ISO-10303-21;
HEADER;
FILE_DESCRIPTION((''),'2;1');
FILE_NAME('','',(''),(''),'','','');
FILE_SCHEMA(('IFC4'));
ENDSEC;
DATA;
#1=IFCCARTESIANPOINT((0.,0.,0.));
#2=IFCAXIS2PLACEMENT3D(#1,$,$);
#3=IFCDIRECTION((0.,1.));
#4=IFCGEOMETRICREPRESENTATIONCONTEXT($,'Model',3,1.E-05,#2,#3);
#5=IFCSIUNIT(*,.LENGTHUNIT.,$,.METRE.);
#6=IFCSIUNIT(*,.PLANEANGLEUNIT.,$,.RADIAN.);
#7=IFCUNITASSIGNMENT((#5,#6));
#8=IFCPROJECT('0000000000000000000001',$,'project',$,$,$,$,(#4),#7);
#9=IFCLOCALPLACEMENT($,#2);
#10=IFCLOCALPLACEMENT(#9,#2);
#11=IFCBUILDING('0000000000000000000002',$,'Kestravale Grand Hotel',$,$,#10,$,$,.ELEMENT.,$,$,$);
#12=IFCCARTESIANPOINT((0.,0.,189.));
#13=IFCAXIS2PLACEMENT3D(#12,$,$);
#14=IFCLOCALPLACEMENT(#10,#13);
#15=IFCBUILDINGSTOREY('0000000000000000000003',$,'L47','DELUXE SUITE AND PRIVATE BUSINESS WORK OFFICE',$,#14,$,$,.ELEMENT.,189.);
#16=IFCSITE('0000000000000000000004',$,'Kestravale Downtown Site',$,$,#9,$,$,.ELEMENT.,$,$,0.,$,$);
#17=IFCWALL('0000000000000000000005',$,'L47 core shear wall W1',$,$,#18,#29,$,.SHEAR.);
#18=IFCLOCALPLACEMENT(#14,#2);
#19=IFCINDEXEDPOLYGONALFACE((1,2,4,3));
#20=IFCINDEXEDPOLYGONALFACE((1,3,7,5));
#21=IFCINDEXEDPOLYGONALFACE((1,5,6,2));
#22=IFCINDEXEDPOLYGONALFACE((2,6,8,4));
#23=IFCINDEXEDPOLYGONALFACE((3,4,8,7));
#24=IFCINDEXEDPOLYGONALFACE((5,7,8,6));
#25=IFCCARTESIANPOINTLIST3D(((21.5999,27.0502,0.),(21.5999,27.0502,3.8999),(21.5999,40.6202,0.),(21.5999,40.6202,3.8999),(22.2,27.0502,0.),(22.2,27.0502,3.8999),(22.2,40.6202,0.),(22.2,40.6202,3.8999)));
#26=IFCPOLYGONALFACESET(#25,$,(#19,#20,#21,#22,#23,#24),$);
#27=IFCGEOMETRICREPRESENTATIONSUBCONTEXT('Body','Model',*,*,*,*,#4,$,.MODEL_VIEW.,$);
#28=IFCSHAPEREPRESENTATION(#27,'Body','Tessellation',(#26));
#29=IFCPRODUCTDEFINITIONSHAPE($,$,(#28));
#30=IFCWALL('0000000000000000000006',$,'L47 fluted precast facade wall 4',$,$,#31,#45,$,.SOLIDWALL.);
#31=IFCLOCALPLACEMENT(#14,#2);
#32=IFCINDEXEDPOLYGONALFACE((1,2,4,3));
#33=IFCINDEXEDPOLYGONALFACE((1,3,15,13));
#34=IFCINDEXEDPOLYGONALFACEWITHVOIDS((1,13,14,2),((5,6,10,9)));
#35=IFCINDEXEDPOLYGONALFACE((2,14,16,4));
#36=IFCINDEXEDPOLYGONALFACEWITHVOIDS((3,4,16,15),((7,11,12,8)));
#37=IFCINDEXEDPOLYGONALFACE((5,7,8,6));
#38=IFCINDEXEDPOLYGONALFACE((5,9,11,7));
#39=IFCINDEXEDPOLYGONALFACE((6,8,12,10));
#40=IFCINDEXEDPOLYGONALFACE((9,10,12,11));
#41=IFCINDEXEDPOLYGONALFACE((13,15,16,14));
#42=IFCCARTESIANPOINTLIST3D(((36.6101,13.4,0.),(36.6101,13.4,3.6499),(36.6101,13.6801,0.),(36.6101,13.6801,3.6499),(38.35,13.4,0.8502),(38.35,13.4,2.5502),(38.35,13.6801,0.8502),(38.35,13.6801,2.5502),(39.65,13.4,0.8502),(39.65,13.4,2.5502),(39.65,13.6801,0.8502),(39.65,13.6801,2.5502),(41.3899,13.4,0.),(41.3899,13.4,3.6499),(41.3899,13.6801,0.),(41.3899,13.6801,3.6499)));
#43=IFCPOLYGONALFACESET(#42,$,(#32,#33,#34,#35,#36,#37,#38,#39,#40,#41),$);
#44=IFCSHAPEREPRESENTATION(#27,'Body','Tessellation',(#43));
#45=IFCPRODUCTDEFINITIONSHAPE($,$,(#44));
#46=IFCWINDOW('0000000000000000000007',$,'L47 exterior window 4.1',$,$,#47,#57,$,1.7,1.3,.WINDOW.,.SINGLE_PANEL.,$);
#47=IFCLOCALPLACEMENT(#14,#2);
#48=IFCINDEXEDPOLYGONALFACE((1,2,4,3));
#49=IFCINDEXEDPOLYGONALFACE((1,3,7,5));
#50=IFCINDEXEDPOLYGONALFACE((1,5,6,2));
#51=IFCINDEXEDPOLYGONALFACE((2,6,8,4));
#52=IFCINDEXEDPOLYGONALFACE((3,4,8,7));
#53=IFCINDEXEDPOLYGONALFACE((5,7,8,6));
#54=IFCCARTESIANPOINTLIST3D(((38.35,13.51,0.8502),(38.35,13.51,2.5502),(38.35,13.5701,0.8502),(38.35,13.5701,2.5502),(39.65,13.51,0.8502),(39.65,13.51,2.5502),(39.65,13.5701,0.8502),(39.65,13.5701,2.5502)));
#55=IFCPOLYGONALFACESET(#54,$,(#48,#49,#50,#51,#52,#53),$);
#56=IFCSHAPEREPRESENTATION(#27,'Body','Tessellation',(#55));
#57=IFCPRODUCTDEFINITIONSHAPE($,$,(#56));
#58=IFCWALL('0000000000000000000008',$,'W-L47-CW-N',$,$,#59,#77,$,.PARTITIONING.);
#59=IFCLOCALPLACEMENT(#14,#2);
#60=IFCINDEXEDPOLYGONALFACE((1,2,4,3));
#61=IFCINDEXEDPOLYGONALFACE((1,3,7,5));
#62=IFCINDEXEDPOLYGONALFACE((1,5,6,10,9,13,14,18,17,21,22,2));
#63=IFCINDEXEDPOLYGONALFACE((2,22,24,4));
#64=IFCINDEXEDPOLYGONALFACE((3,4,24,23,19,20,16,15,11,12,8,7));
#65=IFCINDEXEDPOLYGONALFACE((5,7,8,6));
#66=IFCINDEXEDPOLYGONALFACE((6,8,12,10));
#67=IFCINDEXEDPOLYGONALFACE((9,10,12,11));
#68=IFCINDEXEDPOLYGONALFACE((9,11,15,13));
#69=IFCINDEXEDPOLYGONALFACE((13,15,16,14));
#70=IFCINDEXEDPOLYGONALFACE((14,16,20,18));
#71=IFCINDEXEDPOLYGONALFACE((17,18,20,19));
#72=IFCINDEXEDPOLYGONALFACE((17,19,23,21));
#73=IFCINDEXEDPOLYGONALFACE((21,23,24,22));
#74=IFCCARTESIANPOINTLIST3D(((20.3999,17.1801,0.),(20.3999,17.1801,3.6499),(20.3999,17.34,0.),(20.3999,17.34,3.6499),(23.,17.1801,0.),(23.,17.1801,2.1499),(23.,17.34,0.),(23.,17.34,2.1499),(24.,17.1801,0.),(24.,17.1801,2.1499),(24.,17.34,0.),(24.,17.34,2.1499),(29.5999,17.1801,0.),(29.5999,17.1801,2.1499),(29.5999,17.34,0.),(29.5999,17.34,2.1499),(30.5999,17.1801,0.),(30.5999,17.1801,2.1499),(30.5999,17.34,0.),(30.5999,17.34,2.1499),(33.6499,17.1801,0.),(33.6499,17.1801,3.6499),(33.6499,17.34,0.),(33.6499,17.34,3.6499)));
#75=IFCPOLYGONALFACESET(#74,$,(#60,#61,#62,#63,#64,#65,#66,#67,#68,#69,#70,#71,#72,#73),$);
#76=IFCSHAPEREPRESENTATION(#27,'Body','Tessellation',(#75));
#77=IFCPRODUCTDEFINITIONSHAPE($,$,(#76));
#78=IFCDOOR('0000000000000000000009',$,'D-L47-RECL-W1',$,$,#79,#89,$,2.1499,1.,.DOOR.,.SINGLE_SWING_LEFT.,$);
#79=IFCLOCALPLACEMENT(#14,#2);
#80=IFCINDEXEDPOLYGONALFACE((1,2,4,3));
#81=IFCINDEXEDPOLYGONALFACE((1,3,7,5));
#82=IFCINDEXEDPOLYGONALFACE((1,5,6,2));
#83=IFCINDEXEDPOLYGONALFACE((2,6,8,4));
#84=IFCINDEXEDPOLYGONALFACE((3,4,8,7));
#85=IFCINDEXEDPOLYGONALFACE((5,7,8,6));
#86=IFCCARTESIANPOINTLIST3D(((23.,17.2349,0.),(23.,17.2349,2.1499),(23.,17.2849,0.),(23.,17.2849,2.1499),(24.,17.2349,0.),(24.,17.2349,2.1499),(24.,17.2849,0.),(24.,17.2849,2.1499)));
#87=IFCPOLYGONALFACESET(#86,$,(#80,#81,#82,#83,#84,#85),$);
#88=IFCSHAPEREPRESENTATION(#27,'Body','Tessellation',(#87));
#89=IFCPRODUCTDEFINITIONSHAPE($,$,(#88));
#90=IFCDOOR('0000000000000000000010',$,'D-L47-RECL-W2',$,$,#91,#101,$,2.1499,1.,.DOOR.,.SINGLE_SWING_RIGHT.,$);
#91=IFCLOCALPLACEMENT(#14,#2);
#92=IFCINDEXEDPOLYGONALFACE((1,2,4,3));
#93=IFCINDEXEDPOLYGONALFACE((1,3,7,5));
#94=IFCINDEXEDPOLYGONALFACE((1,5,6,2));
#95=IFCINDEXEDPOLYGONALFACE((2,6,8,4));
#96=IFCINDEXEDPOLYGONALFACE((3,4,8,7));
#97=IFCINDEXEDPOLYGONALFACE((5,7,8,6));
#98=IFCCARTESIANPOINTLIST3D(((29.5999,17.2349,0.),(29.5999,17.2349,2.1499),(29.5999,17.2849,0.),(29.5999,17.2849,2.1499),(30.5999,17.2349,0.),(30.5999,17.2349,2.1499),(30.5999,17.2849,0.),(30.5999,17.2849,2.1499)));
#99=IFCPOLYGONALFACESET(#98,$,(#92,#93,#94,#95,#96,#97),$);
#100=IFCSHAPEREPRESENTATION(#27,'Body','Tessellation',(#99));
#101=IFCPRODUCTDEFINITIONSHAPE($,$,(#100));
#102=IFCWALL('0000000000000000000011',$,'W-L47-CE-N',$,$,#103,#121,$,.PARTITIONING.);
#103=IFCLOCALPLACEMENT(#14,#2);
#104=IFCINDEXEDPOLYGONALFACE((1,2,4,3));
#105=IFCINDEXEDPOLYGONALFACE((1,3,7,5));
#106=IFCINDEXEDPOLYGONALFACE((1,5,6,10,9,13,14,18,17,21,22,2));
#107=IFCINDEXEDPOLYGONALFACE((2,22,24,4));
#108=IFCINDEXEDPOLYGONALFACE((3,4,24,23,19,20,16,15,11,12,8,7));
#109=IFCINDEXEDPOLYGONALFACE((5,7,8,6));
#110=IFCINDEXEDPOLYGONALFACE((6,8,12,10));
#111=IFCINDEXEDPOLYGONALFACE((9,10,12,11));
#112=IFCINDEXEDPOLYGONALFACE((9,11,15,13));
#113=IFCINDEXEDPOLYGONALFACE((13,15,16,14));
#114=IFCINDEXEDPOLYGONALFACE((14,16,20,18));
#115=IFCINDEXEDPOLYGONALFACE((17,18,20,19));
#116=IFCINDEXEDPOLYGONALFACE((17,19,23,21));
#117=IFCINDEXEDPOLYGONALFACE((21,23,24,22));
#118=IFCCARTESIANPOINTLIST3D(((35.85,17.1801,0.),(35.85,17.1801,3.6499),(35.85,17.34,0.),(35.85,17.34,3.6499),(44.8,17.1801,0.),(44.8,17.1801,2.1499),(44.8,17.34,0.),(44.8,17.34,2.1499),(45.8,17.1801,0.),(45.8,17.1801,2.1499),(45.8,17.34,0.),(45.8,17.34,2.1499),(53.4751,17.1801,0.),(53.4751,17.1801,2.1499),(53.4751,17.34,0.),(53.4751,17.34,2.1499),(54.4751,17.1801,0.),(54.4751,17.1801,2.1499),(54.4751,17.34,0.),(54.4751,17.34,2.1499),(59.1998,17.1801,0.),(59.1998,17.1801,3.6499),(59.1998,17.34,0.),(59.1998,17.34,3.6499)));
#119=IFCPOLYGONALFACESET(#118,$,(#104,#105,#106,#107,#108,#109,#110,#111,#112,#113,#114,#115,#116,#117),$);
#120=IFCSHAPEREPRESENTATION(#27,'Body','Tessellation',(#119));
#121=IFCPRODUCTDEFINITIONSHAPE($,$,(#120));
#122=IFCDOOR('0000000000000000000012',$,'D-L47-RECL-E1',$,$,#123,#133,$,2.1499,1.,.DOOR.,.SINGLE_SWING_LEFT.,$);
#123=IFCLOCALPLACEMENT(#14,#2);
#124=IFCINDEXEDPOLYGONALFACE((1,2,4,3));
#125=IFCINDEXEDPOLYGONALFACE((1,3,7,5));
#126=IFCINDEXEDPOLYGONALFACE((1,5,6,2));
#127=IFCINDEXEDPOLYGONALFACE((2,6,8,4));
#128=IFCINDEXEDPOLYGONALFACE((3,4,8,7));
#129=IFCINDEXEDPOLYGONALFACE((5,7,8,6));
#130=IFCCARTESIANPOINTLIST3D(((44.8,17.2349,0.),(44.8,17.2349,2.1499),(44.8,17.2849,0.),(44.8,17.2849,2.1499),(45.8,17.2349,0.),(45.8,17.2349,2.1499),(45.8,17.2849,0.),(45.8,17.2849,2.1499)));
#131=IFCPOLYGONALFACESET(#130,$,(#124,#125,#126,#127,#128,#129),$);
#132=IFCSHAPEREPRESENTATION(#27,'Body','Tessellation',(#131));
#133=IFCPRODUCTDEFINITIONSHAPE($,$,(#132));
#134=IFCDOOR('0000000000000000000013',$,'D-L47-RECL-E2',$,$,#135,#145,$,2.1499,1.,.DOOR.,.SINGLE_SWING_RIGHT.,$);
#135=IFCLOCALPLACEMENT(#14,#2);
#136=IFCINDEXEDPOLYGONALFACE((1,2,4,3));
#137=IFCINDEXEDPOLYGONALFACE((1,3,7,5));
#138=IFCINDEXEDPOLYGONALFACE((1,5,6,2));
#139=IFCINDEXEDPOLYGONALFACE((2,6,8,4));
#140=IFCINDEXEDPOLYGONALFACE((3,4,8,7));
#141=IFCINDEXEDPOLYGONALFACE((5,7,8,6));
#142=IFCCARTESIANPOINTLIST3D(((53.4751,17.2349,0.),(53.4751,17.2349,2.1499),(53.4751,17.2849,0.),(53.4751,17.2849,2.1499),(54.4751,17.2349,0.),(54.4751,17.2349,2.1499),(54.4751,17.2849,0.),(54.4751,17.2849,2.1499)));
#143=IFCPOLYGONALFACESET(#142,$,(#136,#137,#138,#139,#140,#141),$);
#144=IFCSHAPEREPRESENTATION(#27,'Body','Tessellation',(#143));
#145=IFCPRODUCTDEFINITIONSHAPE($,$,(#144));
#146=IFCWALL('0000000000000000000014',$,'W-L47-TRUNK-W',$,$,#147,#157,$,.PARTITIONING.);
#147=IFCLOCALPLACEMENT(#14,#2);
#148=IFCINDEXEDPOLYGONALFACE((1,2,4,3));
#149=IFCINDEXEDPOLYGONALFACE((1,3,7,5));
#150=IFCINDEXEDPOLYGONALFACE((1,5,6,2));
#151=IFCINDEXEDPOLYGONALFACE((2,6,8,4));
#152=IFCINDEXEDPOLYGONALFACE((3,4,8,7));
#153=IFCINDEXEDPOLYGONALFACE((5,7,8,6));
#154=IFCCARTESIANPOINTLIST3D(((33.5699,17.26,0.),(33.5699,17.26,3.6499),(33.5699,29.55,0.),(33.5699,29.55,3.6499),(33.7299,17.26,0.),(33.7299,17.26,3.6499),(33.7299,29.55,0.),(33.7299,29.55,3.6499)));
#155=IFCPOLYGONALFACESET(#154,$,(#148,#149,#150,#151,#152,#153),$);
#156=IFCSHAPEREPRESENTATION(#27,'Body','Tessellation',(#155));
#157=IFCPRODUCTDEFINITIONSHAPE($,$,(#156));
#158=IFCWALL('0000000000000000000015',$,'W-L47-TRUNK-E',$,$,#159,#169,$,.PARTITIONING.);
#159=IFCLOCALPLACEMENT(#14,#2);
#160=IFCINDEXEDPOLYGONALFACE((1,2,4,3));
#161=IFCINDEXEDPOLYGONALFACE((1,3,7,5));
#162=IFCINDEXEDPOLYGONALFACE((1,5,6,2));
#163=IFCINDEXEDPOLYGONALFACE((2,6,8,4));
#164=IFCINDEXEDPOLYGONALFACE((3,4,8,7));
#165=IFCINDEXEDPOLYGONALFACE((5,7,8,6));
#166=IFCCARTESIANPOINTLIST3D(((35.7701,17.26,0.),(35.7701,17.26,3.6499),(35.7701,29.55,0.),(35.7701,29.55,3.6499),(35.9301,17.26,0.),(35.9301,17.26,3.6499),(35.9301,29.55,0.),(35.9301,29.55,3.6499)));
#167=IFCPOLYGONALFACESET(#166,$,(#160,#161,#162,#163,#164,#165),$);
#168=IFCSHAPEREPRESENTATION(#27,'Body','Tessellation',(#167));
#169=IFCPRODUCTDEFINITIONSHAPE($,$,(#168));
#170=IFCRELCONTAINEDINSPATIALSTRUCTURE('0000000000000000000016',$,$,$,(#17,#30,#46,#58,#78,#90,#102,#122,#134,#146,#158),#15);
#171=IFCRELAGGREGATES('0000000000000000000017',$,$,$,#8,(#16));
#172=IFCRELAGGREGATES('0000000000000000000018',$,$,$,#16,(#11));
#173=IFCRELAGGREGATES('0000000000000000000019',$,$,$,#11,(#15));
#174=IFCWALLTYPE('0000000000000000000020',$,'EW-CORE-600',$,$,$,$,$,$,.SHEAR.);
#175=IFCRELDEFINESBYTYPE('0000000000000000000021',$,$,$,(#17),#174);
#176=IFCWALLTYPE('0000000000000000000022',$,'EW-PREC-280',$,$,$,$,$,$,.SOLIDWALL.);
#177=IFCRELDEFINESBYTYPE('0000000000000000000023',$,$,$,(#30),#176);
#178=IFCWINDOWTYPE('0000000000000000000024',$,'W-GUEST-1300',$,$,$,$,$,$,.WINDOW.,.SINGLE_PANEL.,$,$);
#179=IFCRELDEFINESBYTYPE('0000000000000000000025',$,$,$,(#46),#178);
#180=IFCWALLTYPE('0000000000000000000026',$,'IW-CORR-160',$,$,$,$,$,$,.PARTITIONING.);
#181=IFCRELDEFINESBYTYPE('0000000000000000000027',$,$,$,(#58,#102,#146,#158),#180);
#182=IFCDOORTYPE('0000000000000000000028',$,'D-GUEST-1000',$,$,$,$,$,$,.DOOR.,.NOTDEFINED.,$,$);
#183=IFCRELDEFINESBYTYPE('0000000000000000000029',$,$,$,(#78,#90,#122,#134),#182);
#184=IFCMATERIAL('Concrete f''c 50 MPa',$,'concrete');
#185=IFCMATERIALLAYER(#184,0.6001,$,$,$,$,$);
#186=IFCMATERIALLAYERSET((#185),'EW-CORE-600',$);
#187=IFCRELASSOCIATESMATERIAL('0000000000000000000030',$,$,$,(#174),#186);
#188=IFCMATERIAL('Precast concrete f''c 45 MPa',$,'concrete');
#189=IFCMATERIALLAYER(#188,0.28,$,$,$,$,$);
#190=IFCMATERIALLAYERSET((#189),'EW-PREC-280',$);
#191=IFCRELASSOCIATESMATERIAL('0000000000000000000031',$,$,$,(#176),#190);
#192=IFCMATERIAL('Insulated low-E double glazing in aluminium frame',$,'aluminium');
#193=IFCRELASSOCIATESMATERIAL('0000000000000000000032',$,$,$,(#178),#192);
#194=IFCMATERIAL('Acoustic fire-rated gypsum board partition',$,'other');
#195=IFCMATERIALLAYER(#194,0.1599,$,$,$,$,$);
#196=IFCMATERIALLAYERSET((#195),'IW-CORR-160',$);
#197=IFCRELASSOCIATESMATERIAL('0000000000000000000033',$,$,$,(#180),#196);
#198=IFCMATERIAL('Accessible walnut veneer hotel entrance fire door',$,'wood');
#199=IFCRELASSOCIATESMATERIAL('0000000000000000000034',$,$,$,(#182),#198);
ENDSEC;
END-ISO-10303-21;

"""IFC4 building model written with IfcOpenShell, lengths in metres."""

from ifc_helpers import new_model, si_unit, direction, frame, frame_2d, origin, place, context, subcontext, project, spatial, rectangle, extrude, material, layer, layer_set, type_object, element, fill, save


model = new_model("IFC4")

# Units and contexts
model_context = context("Model", 3, precision=1e-05, world=origin(), true_north=direction((0.0, 1.0)))
body_context = subcontext(model_context, "Body", "Model", "MODEL_VIEW")
ifc_project = project(units=[si_unit("LENGTHUNIT", "METRE"), si_unit("PLANEANGLEUNIT", "RADIAN")], contexts=[model_context])

# Site, building, storey
site_placement = place(None, origin())
site = spatial("IfcSite", under=ifc_project, at=site_placement, Name="Kestravale Downtown Site", CompositionType="ELEMENT", RefElevation=0.0)
building_placement = place(site_placement, origin())
building = spatial("IfcBuilding", under=site, at=building_placement, Name="Kestravale Grand Hotel", CompositionType="ELEMENT")
storey_placement = place(building_placement, frame((0.0, 0.0, 189.0)))
storey = spatial("IfcBuildingStorey", under=building, at=storey_placement, Name="L47", Description="DELUXE SUITE AND PRIVATE BUSINESS WORK OFFICE", CompositionType="ELEMENT", Elevation=189.0)

# Wall
ifc_material_1 = material(Name="Concrete f'c 50 MPa", Category="concrete")
ifc_layer_1 = layer(ifc_material_1, 0.6001)
ifc_layer_set_1 = layer_set([ifc_layer_1], Name="EW-CORE-600")
wall_type_1 = type_object("IfcWallType", Name="EW-CORE-600", PredefinedType="SHEAR", material=ifc_layer_set_1)
wall_1_placement = place(storey_placement, frame((21.8999, 27.05, 0.0), z_axis=(0.0, 0.0, 1.0), x_axis=(0.0, 1.0, 0.0)))
element("IfcWall", 1, at=wall_1_placement, inside=storey, type_object=wall_type_1, Name="L47 core shear wall W1", PredefinedType="SHEAR", context=body_context, shape_type="SweptSolid", body=[
    extrude(rectangle(XDim=13.5701, YDim=0.6001, at=frame_2d((6.7852, 0.0))), origin(), (0.0, 0.0, 1.0), 3.8999),
])

# Wall, opening, window
ifc_material_2 = material(Name="Precast concrete f'c 45 MPa", Category="concrete")
ifc_layer_2 = layer(ifc_material_2, 0.28)
ifc_layer_set_2 = layer_set([ifc_layer_2], Name="EW-PREC-280")
wall_type_2 = type_object("IfcWallType", Name="EW-PREC-280", PredefinedType="SOLIDWALL", material=ifc_layer_set_2)
wall_2_placement = place(storey_placement, frame((36.6101, 13.54, 0.0), z_axis=(0.0, 0.0, 1.0), x_axis=(1.0, 0.0, 0.0)))
wall_2 = element("IfcWall", 2, at=wall_2_placement, inside=storey, type_object=wall_type_2, Name="L47 fluted precast facade wall 4", PredefinedType="SOLIDWALL", context=body_context, shape_type="SweptSolid", body=[
    extrude(rectangle(XDim=4.7798, YDim=0.28, at=frame_2d((2.3899, 0.0))), origin(), (0.0, 0.0, 1.0), 3.6499),
])
opening_1_placement = place(wall_2_placement, frame((1.74, 0.0, 0.8501)))
opening_1 = element("IfcOpeningElement", 3, at=opening_1_placement, cuts=wall_2, PredefinedType="OPENING", context=body_context, shape_type="SweptSolid", body=[
    extrude(rectangle(XDim=1.3, YDim=1.7, at=frame_2d((0.6499, 0.8501))), frame((0.0, 0.1499, 0.0), z_axis=(0.0, -1.0, 0.0), x_axis=(1.0, 0.0, 0.0)), (0.0, 0.0, 1.0), 0.3),
])
ifc_material_3 = material(Name="Insulated low-E double glazing in aluminium frame", Category="aluminium")
window_type = type_object("IfcWindowType", Name="W-GUEST-1300", PartitioningType="SINGLE_PANEL", PredefinedType="WINDOW", material=ifc_material_3)
window_placement = place(opening_1_placement, origin())
window = element("IfcWindow", 4, at=window_placement, inside=storey, type_object=window_type, Name="L47 exterior window 4.1", OverallHeight=1.7, OverallWidth=1.3, PartitioningType="SINGLE_PANEL", PredefinedType="WINDOW", context=body_context, shape_type="SweptSolid", body=[
    extrude(rectangle(XDim=1.3, YDim=1.7, at=frame_2d((0.6499, 0.8501))), frame((0.0, 0.03, 0.0), z_axis=(0.0, -1.0, 0.0), x_axis=(1.0, 0.0, 0.0)), (0.0, 0.0, 1.0), 0.0601),
])
fill(opening_1, window)

# Walls, openings, doors
ifc_material_4 = material(Name="Acoustic fire-rated gypsum board partition", Category="other")
ifc_layer_3 = layer(ifc_material_4, 0.1599)
ifc_layer_set_3 = layer_set([ifc_layer_3], Name="IW-CORR-160")
wall_type_3 = type_object("IfcWallType", Name="IW-CORR-160", PredefinedType="PARTITIONING", material=ifc_layer_set_3)
wall_3_placement = place(storey_placement, frame((20.3999, 17.26, 0.0), z_axis=(0.0, 0.0, 1.0), x_axis=(1.0, 0.0, 0.0)))
wall_3 = element("IfcWall", 5, at=wall_3_placement, inside=storey, type_object=wall_type_3, Name="W-L47-CW-N", PredefinedType="PARTITIONING", context=body_context, shape_type="SweptSolid", body=[
    extrude(rectangle(XDim=13.25, YDim=0.1599, at=frame_2d((6.625, 0.0))), origin(), (0.0, 0.0, 1.0), 3.6499),
])
opening_2_placement = place(wall_3_placement, frame((2.6001, 0.0, 0.0)))
opening_2 = element("IfcOpeningElement", 6, at=opening_2_placement, cuts=wall_3, PredefinedType="OPENING", context=body_context, shape_type="SweptSolid", body=[
    extrude(rectangle(XDim=1.0, YDim=2.1499, at=frame_2d((0.5, 1.075))), frame((0.0, 0.0898, 0.0), z_axis=(0.0, -1.0, 0.0), x_axis=(1.0, 0.0, 0.0)), (0.0, 0.0, 1.0), 0.1799),
])
opening_3_placement = place(wall_3_placement, frame((9.2, 0.0, 0.0)))
opening_3 = element("IfcOpeningElement", 7, at=opening_3_placement, cuts=wall_3, PredefinedType="OPENING", context=body_context, shape_type="SweptSolid", body=[
    extrude(rectangle(XDim=1.0, YDim=2.1499, at=frame_2d((0.5, 1.075))), frame((0.0, 0.0898, 0.0), z_axis=(0.0, -1.0, 0.0), x_axis=(1.0, 0.0, 0.0)), (0.0, 0.0, 1.0), 0.1799),
])
ifc_material_5 = material(Name="Accessible walnut veneer hotel entrance fire door", Category="wood")
door_type_1 = type_object("IfcDoorType", Name="D-GUEST-1000", OperationType="NOTDEFINED", PredefinedType="DOOR", material=ifc_material_5)
door_1_placement = place(opening_2_placement, origin())
door_1 = element("IfcDoor", 8, at=door_1_placement, inside=storey, type_object=door_type_1, Name="D-L47-RECL-W1", OperationType="SINGLE_SWING_LEFT", OverallHeight=2.1499, OverallWidth=1.0, PredefinedType="DOOR", context=body_context, shape_type="SweptSolid", body=[
    extrude(rectangle(XDim=1.0, YDim=2.1499, at=frame_2d((0.5, 1.075))), frame((0.0, 0.0249, 0.0), z_axis=(0.0, -1.0, 0.0), x_axis=(1.0, 0.0, 0.0)), (0.0, 0.0, 1.0), 0.05),
])
fill(opening_2, door_1)
door_2_placement = place(opening_3_placement, origin())
door_2 = element("IfcDoor", 9, at=door_2_placement, inside=storey, type_object=door_type_1, Name="D-L47-RECL-W2", OperationType="SINGLE_SWING_RIGHT", OverallHeight=2.1499, OverallWidth=1.0, PredefinedType="DOOR", context=body_context, shape_type="SweptSolid", body=[
    extrude(rectangle(XDim=1.0, YDim=2.1499, at=frame_2d((0.5, 1.075))), frame((0.0, 0.0249, 0.0), z_axis=(0.0, -1.0, 0.0), x_axis=(1.0, 0.0, 0.0)), (0.0, 0.0, 1.0), 0.05),
])
fill(opening_3, door_2)
wall_4_placement = place(storey_placement, frame((35.8501, 17.26, 0.0), z_axis=(0.0, 0.0, 1.0), x_axis=(1.0, 0.0, 0.0)))
wall_4 = element("IfcWall", 10, at=wall_4_placement, inside=storey, type_object=wall_type_3, Name="W-L47-CE-N", PredefinedType="PARTITIONING", context=body_context, shape_type="SweptSolid", body=[
    extrude(rectangle(XDim=23.3499, YDim=0.1599, at=frame_2d((11.6748, 0.0))), origin(), (0.0, 0.0, 1.0), 3.6499),
])
opening_4_placement = place(wall_4_placement, frame((8.95, 0.0, 0.0)))
opening_4 = element("IfcOpeningElement", 11, at=opening_4_placement, cuts=wall_4, PredefinedType="OPENING", context=body_context, shape_type="SweptSolid", body=[
    extrude(rectangle(XDim=1.0, YDim=2.1499, at=frame_2d((0.5, 1.075))), frame((0.0, 0.0898, 0.0), z_axis=(0.0, -1.0, 0.0), x_axis=(1.0, 0.0, 0.0)), (0.0, 0.0, 1.0), 0.1799),
])
opening_5_placement = place(wall_4_placement, frame((17.625, 0.0, 0.0)))
opening_5 = element("IfcOpeningElement", 12, at=opening_5_placement, cuts=wall_4, PredefinedType="OPENING", context=body_context, shape_type="SweptSolid", body=[
    extrude(rectangle(XDim=1.0, YDim=2.1499, at=frame_2d((0.5, 1.075))), frame((0.0, 0.0898, 0.0), z_axis=(0.0, -1.0, 0.0), x_axis=(1.0, 0.0, 0.0)), (0.0, 0.0, 1.0), 0.1799),
])
door_3_placement = place(opening_4_placement, origin())
door_3 = element("IfcDoor", 13, at=door_3_placement, inside=storey, type_object=door_type_1, Name="D-L47-RECL-E1", OperationType="SINGLE_SWING_LEFT", OverallHeight=2.1499, OverallWidth=1.0, PredefinedType="DOOR", context=body_context, shape_type="SweptSolid", body=[
    extrude(rectangle(XDim=1.0, YDim=2.1499, at=frame_2d((0.5, 1.075))), frame((0.0, 0.0249, 0.0), z_axis=(0.0, -1.0, 0.0), x_axis=(1.0, 0.0, 0.0)), (0.0, 0.0, 1.0), 0.05),
])
fill(opening_4, door_3)
door_4_placement = place(opening_5_placement, origin())
door_4 = element("IfcDoor", 14, at=door_4_placement, inside=storey, type_object=door_type_1, Name="D-L47-RECL-E2", OperationType="SINGLE_SWING_RIGHT", OverallHeight=2.1499, OverallWidth=1.0, PredefinedType="DOOR", context=body_context, shape_type="SweptSolid", body=[
    extrude(rectangle(XDim=1.0, YDim=2.1499, at=frame_2d((0.5, 1.075))), frame((0.0, 0.0249, 0.0), z_axis=(0.0, -1.0, 0.0), x_axis=(1.0, 0.0, 0.0)), (0.0, 0.0, 1.0), 0.05),
])
fill(opening_5, door_4)

# Walls
for number, where, z_axis, x_axis, name in (
    (15, (33.6499, 17.26, 0.0), (0.0, 0.0, 1.0), (0.0, 1.0, 0.0), "W-L47-TRUNK-W"),
    (16, (35.8501, 17.26, 0.0), (0.0, 0.0, 1.0), (0.0, 1.0, 0.0), "W-L47-TRUNK-E"),
):
    element("IfcWall", number, at=place(storey_placement, frame(where, z_axis=z_axis, x_axis=x_axis)), inside=storey, type_object=wall_type_3, Name=name, PredefinedType="PARTITIONING", context=body_context, shape_type="SweptSolid", body=[
        extrude(rectangle(XDim=12.29, YDim=0.1599, at=frame_2d((6.145, 0.0))), origin(), (0.0, 0.0, 1.0), 3.6499),
    ])

save(model, "model.ifc")
